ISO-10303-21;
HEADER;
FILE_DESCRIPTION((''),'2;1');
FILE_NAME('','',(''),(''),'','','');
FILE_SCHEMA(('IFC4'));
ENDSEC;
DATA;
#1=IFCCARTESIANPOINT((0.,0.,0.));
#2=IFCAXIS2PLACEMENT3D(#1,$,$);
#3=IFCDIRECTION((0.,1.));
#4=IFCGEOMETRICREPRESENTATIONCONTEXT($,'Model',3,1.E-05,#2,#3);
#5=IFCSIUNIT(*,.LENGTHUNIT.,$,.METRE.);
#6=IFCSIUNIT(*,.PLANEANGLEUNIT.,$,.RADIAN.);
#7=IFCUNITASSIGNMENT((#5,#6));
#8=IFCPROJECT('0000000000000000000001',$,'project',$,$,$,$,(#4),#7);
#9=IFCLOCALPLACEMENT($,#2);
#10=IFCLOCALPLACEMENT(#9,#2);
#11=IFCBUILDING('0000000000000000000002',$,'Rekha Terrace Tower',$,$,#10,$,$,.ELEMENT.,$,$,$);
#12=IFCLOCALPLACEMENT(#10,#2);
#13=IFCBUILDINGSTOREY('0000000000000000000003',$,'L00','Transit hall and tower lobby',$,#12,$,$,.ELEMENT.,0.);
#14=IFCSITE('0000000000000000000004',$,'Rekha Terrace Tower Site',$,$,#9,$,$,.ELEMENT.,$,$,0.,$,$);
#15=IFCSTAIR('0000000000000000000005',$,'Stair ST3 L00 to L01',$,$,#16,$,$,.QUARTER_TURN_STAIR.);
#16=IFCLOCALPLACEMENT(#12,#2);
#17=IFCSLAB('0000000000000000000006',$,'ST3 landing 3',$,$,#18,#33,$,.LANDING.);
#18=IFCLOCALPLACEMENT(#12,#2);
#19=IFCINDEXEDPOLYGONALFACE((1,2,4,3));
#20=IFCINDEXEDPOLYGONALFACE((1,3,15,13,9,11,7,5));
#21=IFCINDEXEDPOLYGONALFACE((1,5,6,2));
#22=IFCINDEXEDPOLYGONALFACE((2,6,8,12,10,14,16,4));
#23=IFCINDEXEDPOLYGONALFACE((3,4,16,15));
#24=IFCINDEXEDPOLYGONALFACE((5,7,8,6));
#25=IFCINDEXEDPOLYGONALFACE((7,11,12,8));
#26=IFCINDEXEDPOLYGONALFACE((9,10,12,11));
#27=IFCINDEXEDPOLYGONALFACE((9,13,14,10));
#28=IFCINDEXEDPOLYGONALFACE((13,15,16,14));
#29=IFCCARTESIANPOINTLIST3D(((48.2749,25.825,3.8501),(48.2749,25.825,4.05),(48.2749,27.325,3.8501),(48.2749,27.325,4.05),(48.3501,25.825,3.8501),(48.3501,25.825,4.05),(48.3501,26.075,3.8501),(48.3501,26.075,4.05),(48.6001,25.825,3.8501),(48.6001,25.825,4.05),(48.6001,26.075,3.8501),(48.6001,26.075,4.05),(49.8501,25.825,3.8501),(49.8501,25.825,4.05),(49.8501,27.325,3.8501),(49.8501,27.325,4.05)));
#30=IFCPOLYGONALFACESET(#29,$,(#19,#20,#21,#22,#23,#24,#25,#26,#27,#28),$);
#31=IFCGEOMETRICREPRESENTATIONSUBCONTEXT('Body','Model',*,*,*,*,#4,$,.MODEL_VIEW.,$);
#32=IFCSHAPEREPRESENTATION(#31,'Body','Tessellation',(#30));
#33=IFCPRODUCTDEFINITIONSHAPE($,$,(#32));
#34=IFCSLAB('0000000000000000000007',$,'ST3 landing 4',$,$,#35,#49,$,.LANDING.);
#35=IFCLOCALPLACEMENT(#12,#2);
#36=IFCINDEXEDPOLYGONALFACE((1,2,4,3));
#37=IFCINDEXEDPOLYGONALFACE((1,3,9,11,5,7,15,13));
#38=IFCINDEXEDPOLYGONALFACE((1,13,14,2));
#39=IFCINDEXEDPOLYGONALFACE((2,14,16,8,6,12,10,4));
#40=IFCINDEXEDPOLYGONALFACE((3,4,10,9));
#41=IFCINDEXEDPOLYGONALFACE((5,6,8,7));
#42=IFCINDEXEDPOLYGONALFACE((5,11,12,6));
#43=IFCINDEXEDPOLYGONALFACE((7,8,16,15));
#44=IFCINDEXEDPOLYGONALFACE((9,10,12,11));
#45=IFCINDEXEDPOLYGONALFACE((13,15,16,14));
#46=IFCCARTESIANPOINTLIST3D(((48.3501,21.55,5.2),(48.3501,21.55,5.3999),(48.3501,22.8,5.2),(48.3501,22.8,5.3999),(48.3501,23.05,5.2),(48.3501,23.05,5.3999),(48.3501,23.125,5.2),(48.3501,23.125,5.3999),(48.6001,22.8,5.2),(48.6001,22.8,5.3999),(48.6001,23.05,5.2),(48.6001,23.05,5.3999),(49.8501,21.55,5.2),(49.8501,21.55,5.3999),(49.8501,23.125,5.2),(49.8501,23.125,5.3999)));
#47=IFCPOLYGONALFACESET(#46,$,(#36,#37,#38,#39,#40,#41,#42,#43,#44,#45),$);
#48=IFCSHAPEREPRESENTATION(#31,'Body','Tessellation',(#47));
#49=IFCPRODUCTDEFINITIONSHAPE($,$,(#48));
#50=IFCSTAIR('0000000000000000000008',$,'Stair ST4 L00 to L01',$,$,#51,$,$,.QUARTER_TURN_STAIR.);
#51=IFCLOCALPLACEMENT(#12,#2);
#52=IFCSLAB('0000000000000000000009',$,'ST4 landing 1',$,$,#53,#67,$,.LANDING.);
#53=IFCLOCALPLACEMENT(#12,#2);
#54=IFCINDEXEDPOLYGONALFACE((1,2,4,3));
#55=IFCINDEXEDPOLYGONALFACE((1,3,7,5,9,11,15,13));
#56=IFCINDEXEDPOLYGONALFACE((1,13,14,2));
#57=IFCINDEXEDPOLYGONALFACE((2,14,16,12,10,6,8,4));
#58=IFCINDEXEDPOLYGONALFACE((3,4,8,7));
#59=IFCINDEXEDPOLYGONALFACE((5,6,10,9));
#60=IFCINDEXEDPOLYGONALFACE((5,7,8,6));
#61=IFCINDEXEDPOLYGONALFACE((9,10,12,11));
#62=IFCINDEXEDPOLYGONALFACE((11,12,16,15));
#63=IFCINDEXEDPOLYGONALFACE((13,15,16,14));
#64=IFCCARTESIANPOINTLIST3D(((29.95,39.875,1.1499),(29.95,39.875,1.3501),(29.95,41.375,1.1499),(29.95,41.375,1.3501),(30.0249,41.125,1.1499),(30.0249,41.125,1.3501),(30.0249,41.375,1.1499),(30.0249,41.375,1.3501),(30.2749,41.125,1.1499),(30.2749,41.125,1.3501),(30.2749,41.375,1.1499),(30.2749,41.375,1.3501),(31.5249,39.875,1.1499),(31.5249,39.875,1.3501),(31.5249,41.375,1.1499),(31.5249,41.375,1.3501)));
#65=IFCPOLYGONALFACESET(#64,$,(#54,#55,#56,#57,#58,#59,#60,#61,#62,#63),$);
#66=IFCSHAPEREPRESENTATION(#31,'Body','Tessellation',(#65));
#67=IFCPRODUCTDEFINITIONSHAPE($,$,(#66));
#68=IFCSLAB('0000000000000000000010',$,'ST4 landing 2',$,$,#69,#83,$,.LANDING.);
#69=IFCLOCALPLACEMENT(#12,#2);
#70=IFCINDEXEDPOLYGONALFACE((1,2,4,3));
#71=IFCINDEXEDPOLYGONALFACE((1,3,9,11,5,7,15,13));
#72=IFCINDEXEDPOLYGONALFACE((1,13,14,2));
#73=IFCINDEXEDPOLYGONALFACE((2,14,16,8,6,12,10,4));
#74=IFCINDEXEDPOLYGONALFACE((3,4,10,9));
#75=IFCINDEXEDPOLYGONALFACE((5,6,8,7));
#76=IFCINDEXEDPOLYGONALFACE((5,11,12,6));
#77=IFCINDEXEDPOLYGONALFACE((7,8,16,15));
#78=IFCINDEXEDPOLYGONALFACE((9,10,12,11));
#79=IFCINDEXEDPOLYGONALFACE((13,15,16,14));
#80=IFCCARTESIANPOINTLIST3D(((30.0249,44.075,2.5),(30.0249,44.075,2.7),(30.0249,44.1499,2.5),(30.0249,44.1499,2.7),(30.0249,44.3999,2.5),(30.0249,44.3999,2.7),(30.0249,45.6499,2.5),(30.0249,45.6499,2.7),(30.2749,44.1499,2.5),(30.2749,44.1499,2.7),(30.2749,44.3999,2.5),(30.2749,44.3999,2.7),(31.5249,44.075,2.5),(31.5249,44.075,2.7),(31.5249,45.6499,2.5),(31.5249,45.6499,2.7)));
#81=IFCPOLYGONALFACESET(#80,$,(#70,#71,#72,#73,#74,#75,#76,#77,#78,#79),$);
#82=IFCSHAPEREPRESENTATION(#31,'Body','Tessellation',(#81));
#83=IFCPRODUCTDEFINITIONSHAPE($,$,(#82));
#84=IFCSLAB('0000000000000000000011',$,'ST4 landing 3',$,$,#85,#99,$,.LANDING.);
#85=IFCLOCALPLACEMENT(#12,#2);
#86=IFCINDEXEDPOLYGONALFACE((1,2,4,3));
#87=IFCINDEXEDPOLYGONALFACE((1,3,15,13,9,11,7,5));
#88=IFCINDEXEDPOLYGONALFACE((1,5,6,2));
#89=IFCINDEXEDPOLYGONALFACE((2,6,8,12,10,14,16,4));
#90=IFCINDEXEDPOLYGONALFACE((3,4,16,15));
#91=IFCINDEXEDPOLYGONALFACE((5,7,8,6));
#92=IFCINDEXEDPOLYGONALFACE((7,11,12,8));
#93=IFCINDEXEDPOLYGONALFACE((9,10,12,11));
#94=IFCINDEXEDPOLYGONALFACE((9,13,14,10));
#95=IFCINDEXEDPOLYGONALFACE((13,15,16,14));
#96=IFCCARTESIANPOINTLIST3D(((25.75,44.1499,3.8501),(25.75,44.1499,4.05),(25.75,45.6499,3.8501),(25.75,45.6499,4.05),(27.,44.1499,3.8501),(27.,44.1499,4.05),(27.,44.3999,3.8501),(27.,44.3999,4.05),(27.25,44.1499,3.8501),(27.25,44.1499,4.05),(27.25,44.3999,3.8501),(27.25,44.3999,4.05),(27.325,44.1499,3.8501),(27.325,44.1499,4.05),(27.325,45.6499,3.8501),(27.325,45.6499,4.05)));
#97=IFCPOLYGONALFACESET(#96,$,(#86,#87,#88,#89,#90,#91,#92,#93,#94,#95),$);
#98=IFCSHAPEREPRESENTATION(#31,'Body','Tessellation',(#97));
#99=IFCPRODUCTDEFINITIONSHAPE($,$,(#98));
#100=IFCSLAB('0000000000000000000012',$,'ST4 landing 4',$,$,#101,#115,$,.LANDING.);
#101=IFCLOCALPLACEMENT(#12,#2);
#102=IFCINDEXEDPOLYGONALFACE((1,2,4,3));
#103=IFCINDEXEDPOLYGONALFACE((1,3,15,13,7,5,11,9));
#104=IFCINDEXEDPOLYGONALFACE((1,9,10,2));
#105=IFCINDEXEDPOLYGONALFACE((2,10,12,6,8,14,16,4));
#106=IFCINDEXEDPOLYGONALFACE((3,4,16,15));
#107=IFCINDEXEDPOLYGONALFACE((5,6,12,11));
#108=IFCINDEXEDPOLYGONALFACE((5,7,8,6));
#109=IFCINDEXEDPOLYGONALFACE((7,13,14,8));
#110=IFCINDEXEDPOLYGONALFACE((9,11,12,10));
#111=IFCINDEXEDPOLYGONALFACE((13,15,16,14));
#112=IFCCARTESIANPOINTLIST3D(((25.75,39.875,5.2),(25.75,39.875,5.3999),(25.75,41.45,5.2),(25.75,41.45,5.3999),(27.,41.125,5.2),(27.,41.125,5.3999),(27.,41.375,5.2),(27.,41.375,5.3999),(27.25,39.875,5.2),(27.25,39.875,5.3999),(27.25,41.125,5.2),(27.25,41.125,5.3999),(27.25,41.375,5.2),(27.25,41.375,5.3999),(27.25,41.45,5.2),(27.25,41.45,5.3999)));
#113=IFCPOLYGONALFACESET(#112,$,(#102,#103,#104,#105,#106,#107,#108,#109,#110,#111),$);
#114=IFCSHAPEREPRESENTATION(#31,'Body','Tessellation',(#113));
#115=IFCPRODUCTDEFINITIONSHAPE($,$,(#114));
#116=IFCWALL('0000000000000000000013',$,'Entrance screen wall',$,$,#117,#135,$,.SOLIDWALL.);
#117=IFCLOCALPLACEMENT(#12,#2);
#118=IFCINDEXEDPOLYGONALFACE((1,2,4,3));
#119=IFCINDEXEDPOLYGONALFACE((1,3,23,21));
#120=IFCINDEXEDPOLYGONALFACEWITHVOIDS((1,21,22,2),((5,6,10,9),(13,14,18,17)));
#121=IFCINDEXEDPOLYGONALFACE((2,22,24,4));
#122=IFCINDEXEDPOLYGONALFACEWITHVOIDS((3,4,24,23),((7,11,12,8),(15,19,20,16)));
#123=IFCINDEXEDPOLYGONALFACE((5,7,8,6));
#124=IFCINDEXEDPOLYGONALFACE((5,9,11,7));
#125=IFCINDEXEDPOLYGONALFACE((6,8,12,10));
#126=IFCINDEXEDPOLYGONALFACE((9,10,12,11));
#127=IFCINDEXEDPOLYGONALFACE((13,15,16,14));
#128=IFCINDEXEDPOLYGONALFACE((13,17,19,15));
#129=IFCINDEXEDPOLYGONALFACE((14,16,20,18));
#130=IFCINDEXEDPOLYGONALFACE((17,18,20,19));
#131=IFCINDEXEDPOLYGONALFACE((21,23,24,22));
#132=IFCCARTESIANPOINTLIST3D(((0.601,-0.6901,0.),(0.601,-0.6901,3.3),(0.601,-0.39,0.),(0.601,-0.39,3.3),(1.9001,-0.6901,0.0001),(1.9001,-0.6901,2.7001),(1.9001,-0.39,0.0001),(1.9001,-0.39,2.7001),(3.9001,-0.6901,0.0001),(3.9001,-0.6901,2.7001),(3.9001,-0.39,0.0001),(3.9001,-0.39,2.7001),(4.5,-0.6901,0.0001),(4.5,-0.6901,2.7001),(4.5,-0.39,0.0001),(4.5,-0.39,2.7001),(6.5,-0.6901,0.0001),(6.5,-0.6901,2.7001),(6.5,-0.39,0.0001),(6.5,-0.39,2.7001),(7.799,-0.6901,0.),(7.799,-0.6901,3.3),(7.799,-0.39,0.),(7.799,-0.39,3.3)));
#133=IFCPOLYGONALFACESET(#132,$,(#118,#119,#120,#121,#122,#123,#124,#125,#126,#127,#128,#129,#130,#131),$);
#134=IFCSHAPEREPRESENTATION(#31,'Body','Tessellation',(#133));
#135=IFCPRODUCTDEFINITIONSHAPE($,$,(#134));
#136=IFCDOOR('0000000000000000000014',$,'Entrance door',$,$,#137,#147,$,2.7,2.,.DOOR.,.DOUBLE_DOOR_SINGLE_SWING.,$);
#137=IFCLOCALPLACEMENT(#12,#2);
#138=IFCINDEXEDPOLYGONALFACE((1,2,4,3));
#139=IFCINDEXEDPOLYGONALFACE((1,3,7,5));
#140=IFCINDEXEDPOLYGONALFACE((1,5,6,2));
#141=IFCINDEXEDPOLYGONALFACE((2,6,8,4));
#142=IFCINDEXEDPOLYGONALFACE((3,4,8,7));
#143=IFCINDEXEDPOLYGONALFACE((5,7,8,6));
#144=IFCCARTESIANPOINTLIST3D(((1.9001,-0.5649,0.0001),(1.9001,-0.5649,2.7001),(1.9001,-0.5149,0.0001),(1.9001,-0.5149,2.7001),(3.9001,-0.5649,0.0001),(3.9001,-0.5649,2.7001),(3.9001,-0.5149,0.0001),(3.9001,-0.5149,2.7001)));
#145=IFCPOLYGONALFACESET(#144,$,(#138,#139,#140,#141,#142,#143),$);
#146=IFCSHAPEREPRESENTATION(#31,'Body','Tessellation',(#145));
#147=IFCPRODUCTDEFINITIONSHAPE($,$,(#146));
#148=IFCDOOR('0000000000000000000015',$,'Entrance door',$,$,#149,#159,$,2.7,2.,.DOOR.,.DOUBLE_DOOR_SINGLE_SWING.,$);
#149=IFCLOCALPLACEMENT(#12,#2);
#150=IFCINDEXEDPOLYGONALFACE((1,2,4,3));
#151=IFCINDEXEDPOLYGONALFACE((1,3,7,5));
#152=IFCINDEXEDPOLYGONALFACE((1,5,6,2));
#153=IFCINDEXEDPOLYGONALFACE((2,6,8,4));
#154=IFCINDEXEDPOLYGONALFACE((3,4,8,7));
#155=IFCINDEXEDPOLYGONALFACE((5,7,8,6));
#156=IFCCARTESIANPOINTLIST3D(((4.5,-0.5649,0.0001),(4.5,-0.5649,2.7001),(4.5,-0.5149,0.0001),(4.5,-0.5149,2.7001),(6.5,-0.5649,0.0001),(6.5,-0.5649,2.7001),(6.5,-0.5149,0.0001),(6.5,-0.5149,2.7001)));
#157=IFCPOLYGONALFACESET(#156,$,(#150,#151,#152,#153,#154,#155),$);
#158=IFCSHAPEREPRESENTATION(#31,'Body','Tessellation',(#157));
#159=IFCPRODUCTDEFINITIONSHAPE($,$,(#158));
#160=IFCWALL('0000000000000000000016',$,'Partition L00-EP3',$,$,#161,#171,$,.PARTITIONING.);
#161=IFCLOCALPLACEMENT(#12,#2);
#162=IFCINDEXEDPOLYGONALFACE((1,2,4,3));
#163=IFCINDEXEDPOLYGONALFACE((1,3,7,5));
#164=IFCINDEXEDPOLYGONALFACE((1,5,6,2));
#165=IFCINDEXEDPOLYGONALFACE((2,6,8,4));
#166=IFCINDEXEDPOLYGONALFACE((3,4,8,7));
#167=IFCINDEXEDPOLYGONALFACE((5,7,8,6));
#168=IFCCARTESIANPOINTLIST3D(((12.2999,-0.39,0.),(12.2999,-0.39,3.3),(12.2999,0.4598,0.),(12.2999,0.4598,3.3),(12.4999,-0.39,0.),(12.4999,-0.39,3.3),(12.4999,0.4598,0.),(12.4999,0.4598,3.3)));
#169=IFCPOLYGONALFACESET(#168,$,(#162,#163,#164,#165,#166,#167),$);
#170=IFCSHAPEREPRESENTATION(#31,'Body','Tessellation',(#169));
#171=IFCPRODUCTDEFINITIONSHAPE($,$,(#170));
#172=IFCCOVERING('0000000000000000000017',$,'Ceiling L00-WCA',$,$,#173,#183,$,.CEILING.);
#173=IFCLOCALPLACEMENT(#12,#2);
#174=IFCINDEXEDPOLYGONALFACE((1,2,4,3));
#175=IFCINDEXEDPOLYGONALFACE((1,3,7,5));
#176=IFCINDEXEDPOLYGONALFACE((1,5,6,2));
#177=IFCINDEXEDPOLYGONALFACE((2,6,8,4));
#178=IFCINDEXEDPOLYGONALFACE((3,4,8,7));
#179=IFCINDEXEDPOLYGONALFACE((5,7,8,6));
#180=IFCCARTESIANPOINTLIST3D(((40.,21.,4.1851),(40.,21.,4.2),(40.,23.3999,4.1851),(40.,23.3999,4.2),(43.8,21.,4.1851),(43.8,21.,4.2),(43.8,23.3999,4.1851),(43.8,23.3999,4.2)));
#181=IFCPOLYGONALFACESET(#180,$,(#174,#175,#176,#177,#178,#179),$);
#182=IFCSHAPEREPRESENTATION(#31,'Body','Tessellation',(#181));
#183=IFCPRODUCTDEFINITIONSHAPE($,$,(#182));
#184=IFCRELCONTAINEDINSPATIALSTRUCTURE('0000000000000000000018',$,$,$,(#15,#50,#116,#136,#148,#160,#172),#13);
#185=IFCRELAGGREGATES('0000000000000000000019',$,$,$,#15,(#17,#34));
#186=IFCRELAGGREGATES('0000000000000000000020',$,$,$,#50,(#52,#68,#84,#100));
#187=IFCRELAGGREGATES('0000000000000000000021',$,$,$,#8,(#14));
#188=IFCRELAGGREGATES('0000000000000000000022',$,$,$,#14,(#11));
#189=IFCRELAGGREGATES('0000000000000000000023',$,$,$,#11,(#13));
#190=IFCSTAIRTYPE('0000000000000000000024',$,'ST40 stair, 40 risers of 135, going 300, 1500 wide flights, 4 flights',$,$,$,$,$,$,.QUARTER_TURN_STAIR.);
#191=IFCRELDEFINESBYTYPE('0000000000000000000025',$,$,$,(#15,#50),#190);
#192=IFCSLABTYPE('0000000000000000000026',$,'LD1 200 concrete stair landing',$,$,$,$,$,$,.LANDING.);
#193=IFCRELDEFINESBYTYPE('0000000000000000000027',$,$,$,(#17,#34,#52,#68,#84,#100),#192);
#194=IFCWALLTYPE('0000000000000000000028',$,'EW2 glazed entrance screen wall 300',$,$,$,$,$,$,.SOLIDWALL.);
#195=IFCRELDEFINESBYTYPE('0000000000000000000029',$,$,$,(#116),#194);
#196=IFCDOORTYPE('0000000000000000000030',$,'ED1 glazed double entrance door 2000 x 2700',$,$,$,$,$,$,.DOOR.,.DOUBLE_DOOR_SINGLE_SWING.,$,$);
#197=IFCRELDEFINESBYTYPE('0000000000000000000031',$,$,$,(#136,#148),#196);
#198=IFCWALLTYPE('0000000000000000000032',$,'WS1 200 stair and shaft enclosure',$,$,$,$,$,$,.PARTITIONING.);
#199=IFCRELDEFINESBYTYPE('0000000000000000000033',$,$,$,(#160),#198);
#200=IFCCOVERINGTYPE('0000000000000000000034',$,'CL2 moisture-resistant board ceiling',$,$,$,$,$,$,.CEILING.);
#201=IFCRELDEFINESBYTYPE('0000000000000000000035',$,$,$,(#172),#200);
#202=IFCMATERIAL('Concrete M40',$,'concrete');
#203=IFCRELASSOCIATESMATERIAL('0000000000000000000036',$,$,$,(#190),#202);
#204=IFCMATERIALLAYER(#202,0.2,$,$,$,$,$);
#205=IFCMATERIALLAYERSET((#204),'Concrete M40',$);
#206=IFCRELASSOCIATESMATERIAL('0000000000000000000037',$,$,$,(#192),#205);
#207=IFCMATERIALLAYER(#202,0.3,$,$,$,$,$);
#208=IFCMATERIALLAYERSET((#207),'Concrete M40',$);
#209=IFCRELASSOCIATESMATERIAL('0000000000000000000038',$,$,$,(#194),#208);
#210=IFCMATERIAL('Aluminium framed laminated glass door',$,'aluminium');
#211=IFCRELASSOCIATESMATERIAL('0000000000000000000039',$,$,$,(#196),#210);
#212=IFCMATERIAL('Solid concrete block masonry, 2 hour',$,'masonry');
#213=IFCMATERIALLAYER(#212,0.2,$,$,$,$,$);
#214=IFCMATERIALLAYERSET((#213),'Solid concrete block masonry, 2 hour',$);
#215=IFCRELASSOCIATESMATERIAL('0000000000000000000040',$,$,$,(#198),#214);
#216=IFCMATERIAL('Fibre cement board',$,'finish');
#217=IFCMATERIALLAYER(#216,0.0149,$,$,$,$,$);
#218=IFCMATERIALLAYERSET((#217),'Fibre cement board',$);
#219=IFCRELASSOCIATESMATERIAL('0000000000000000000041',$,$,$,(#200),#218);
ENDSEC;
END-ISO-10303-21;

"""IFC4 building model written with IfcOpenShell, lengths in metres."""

from ifc_helpers import new_model, si_unit, direction, frame, frame_2d, origin, place, context, subcontext, project, spatial, polyline, rectangle, outline, extrude, material, layer, layer_set, type_object, element, fill, aggregate, save


model = new_model("IFC4")

# Units and contexts
model_context = context("Model", 3, precision=1e-05, world=origin(), true_north=direction((0.0, 1.0)))
body_context = subcontext(model_context, "Body", "Model", "MODEL_VIEW")
ifc_project = project(units=[si_unit("LENGTHUNIT", "METRE"), si_unit("PLANEANGLEUNIT", "RADIAN")], contexts=[model_context])

# Site, building, storey
site_placement = place(None, origin())
site = spatial("IfcSite", under=ifc_project, at=site_placement, Name="Rekha Terrace Tower Site", CompositionType="ELEMENT", RefElevation=0.0)
building_placement = place(site_placement, origin())
building = spatial("IfcBuilding", under=site, at=building_placement, Name="Rekha Terrace Tower", CompositionType="ELEMENT")
storey_placement = place(building_placement, origin())
storey = spatial("IfcBuildingStorey", under=building, at=storey_placement, Name="L00", Description="Transit hall and tower lobby", CompositionType="ELEMENT", Elevation=0.0)

# Stairs, slabs
ifc_material_1 = material(Name="Concrete M40", Category="concrete")
stair_type = type_object("IfcStairType", Name="ST40 stair, 40 risers of 135, going 300, 1500 wide flights, 4 flights", PredefinedType="QUARTER_TURN_STAIR", material=ifc_material_1)
stair_1_placement = place(storey_placement, origin())
stair_1 = element("IfcStair", 1, at=stair_1_placement, inside=storey, type_object=stair_type, Name="Stair ST3 L00 to L01", PredefinedType="QUARTER_TURN_STAIR")
ifc_layer_1 = layer(ifc_material_1, 0.2)
ifc_layer_set_1 = layer_set([ifc_layer_1], Name="Concrete M40")
slab_type = type_object("IfcSlabType", Name="LD1 200 concrete stair landing", PredefinedType="LANDING", material=ifc_layer_set_1)
slab_1_placement = place(storey_placement, frame((0.0, 0.0, 3.8501)))
slab_1 = element("IfcSlab", 2, at=slab_1_placement, type_object=slab_type, Name="ST3 landing 3", PredefinedType="LANDING", context=body_context, shape_type="SweptSolid", body=[
    extrude(outline(polyline([(49.8501, 25.825), (49.8501, 27.325), (48.2749, 27.325), (48.2749, 25.825), (48.3501, 25.825), (48.3501, 26.075), (48.6001, 26.075), (48.6001, 25.825), (49.8501, 25.825)])), origin(), (0.0, 0.0, 1.0), 0.2),
])
slab_2_placement = place(storey_placement, frame((0.0, 0.0, 5.2)))
slab_2 = element("IfcSlab", 3, at=slab_2_placement, type_object=slab_type, Name="ST3 landing 4", PredefinedType="LANDING", context=body_context, shape_type="SweptSolid", body=[
    extrude(outline(polyline([(48.3501, 21.55), (49.8501, 21.55), (49.8501, 23.125), (48.3501, 23.125), (48.3501, 23.05), (48.6001, 23.05), (48.6001, 22.8), (48.3501, 22.8), (48.3501, 21.55)])), origin(), (0.0, 0.0, 1.0), 0.2),
])
aggregate(stair_1, [slab_1, slab_2])
stair_2_placement = place(storey_placement, origin())
stair_2 = element("IfcStair", 4, at=stair_2_placement, inside=storey, type_object=stair_type, Name="Stair ST4 L00 to L01", PredefinedType="QUARTER_TURN_STAIR")
slab_3_placement = place(storey_placement, frame((0.0, 0.0, 1.1499)))
slab_3 = element("IfcSlab", 5, at=slab_3_placement, type_object=slab_type, Name="ST4 landing 1", PredefinedType="LANDING", context=body_context, shape_type="SweptSolid", body=[
    extrude(outline(polyline([(31.5249, 41.375), (31.5249, 39.875), (29.95, 39.875), (29.95, 41.375), (30.0249, 41.375), (30.0249, 41.125), (30.2749, 41.125), (30.2749, 41.375), (31.5249, 41.375)])), origin(), (0.0, 0.0, 1.0), 0.2002),
])
slab_4_placement = place(storey_placement, frame((0.0, 0.0, 2.5)))
slab_4 = element("IfcSlab", 6, at=slab_4_placement, type_object=slab_type, Name="ST4 landing 2", PredefinedType="LANDING", context=body_context, shape_type="SweptSolid", body=[
    extrude(outline(polyline([(30.0249, 45.6499), (31.5249, 45.6499), (31.5249, 44.075), (30.0249, 44.075), (30.0249, 44.1499), (30.2749, 44.1499), (30.2749, 44.3999), (30.0249, 44.3999), (30.0249, 45.6499)])), origin(), (0.0, 0.0, 1.0), 0.2),
])
slab_5_placement = place(storey_placement, frame((0.0, 0.0, 3.8501)))
slab_5 = element("IfcSlab", 7, at=slab_5_placement, type_object=slab_type, Name="ST4 landing 3", PredefinedType="LANDING", context=body_context, shape_type="SweptSolid", body=[
    extrude(outline(polyline([(25.75, 44.1499), (25.75, 45.6499), (27.325, 45.6499), (27.325, 44.1499), (27.25, 44.1499), (27.25, 44.3999), (27.0, 44.3999), (27.0, 44.1499), (25.75, 44.1499)])), origin(), (0.0, 0.0, 1.0), 0.2),
])
slab_6_placement = place(storey_placement, frame((0.0, 0.0, 5.2)))
slab_6 = element("IfcSlab", 8, at=slab_6_placement, type_object=slab_type, Name="ST4 landing 4", PredefinedType="LANDING", context=body_context, shape_type="SweptSolid", body=[
    extrude(outline(polyline([(27.25, 39.875), (25.75, 39.875), (25.75, 41.45), (27.25, 41.45), (27.25, 41.375), (27.0, 41.375), (27.0, 41.125), (27.25, 41.125), (27.25, 39.875)])), origin(), (0.0, 0.0, 1.0), 0.2),
])
aggregate(stair_2, [slab_3, slab_4, slab_5, slab_6])

# Wall, openings, doors
ifc_layer_2 = layer(ifc_material_1, 0.3)
ifc_layer_set_2 = layer_set([ifc_layer_2], Name="Concrete M40")
wall_type_1 = type_object("IfcWallType", Name="EW2 glazed entrance screen wall 300", PredefinedType="SOLIDWALL", material=ifc_layer_set_2)
wall_1_placement = place(storey_placement, frame((7.7991, -0.54, 0.0), z_axis=(0.0, 0.0, 1.0), x_axis=(-1.0, 0.0, 0.0)))
wall_1 = element("IfcWall", 9, at=wall_1_placement, inside=storey, type_object=wall_type_1, Name="Entrance screen wall", PredefinedType="SOLIDWALL", context=body_context, shape_type="SweptSolid", body=[
    extrude(rectangle(XDim=7.198, YDim=0.3, at=frame_2d((3.5991, 0.0))), origin(), (0.0, 0.0, 1.0), 3.3),
])
opening_1_placement = place(wall_1_placement, frame((3.8989, 0.0, 0.0)))
opening_1 = element("IfcOpeningElement", 10, at=opening_1_placement, cuts=wall_1, PredefinedType="OPENING", context=body_context, shape_type="SweptSolid", body=[
    extrude(rectangle(XDim=2.0, YDim=2.7, at=frame_2d((1.0, 1.3501))), frame((0.0, 0.1599, 0.0), z_axis=(0.0, -1.0, 0.0), x_axis=(1.0, 0.0, 0.0)), (0.0, 0.0, 1.0), 0.3201),
])
opening_2_placement = place(wall_1_placement, frame((1.2991, 0.0, 0.0)))
opening_2 = element("IfcOpeningElement", 11, at=opening_2_placement, cuts=wall_1, PredefinedType="OPENING", context=body_context, shape_type="SweptSolid", body=[
    extrude(rectangle(XDim=2.0, YDim=2.7, at=frame_2d((1.0, 1.3501))), frame((0.0, 0.1599, 0.0), z_axis=(0.0, -1.0, 0.0), x_axis=(1.0, 0.0, 0.0)), (0.0, 0.0, 1.0), 0.3201),
])
ifc_material_2 = material(Name="Aluminium framed laminated glass door", Category="aluminium")
door_type = type_object("IfcDoorType", Name="ED1 glazed double entrance door 2000 x 2700", OperationType="DOUBLE_DOOR_SINGLE_SWING", PredefinedType="DOOR", material=ifc_material_2)
door_1_placement = place(opening_1_placement, origin())
door_1 = element("IfcDoor", 12, at=door_1_placement, inside=storey, type_object=door_type, Name="Entrance door", OperationType="DOUBLE_DOOR_SINGLE_SWING", OverallHeight=2.7, OverallWidth=2.0, PredefinedType="DOOR", context=body_context, shape_type="SweptSolid", body=[
    extrude(rectangle(XDim=2.0, YDim=2.7, at=frame_2d((1.0, 1.3501))), frame((0.0, 0.0249, 0.0), z_axis=(0.0, -1.0, 0.0), x_axis=(1.0, 0.0, 0.0)), (0.0, 0.0, 1.0), 0.05),
])
fill(opening_1, door_1)
door_2_placement = place(opening_2_placement, origin())
door_2 = element("IfcDoor", 13, at=door_2_placement, inside=storey, type_object=door_type, Name="Entrance door", OperationType="DOUBLE_DOOR_SINGLE_SWING", OverallHeight=2.7, OverallWidth=2.0, PredefinedType="DOOR", context=body_context, shape_type="SweptSolid", body=[
    extrude(rectangle(XDim=2.0, YDim=2.7, at=frame_2d((1.0, 1.3501))), frame((0.0, 0.0249, 0.0), z_axis=(0.0, -1.0, 0.0), x_axis=(1.0, 0.0, 0.0)), (0.0, 0.0, 1.0), 0.05),
])
fill(opening_2, door_2)

# Wall
ifc_material_3 = material(Name="Solid concrete block masonry, 2 hour", Category="masonry")
ifc_layer_3 = layer(ifc_material_3, 0.2)
ifc_layer_set_3 = layer_set([ifc_layer_3], Name="Solid concrete block masonry, 2 hour")
wall_type_2 = type_object("IfcWallType", Name="WS1 200 stair and shaft enclosure", PredefinedType="PARTITIONING", material=ifc_layer_set_3)
wall_2_placement = place(storey_placement, frame((12.3999, -0.3899, 0.0), z_axis=(0.0, 0.0, 1.0), x_axis=(0.0, 1.0, 0.0)))
element("IfcWall", 14, at=wall_2_placement, inside=storey, type_object=wall_type_2, Name="Partition L00-EP3", PredefinedType="PARTITIONING", context=body_context, shape_type="SweptSolid", body=[
    extrude(rectangle(XDim=0.8499, YDim=0.2, at=frame_2d((0.4248, 0.0))), origin(), (0.0, 0.0, 1.0), 3.3),
])

# Covering
ifc_material_4 = material(Name="Fibre cement board", Category="finish")
ifc_layer_4 = layer(ifc_material_4, 0.0149)
ifc_layer_set_4 = layer_set([ifc_layer_4], Name="Fibre cement board")
covering_type_1 = type_object("IfcCoveringType", Name="CL2 moisture-resistant board ceiling", PredefinedType="CEILING", material=ifc_layer_set_4)
covering_1_placement = place(storey_placement, frame((0.0, 0.0, 4.1851)))
element("IfcCovering", 15, at=covering_1_placement, inside=storey, type_object=covering_type_1, Name="Ceiling L00-WCA", PredefinedType="CEILING", context=body_context, shape_type="SweptSolid", body=[
    extrude(outline(polyline([(43.8, 23.3999), (40.0, 23.3999), (40.0, 21.0), (43.8, 21.0), (43.8, 23.3999)])), origin(), (0.0, 0.0, 1.0), 0.0149),
])

save(model, "model.ifc")
